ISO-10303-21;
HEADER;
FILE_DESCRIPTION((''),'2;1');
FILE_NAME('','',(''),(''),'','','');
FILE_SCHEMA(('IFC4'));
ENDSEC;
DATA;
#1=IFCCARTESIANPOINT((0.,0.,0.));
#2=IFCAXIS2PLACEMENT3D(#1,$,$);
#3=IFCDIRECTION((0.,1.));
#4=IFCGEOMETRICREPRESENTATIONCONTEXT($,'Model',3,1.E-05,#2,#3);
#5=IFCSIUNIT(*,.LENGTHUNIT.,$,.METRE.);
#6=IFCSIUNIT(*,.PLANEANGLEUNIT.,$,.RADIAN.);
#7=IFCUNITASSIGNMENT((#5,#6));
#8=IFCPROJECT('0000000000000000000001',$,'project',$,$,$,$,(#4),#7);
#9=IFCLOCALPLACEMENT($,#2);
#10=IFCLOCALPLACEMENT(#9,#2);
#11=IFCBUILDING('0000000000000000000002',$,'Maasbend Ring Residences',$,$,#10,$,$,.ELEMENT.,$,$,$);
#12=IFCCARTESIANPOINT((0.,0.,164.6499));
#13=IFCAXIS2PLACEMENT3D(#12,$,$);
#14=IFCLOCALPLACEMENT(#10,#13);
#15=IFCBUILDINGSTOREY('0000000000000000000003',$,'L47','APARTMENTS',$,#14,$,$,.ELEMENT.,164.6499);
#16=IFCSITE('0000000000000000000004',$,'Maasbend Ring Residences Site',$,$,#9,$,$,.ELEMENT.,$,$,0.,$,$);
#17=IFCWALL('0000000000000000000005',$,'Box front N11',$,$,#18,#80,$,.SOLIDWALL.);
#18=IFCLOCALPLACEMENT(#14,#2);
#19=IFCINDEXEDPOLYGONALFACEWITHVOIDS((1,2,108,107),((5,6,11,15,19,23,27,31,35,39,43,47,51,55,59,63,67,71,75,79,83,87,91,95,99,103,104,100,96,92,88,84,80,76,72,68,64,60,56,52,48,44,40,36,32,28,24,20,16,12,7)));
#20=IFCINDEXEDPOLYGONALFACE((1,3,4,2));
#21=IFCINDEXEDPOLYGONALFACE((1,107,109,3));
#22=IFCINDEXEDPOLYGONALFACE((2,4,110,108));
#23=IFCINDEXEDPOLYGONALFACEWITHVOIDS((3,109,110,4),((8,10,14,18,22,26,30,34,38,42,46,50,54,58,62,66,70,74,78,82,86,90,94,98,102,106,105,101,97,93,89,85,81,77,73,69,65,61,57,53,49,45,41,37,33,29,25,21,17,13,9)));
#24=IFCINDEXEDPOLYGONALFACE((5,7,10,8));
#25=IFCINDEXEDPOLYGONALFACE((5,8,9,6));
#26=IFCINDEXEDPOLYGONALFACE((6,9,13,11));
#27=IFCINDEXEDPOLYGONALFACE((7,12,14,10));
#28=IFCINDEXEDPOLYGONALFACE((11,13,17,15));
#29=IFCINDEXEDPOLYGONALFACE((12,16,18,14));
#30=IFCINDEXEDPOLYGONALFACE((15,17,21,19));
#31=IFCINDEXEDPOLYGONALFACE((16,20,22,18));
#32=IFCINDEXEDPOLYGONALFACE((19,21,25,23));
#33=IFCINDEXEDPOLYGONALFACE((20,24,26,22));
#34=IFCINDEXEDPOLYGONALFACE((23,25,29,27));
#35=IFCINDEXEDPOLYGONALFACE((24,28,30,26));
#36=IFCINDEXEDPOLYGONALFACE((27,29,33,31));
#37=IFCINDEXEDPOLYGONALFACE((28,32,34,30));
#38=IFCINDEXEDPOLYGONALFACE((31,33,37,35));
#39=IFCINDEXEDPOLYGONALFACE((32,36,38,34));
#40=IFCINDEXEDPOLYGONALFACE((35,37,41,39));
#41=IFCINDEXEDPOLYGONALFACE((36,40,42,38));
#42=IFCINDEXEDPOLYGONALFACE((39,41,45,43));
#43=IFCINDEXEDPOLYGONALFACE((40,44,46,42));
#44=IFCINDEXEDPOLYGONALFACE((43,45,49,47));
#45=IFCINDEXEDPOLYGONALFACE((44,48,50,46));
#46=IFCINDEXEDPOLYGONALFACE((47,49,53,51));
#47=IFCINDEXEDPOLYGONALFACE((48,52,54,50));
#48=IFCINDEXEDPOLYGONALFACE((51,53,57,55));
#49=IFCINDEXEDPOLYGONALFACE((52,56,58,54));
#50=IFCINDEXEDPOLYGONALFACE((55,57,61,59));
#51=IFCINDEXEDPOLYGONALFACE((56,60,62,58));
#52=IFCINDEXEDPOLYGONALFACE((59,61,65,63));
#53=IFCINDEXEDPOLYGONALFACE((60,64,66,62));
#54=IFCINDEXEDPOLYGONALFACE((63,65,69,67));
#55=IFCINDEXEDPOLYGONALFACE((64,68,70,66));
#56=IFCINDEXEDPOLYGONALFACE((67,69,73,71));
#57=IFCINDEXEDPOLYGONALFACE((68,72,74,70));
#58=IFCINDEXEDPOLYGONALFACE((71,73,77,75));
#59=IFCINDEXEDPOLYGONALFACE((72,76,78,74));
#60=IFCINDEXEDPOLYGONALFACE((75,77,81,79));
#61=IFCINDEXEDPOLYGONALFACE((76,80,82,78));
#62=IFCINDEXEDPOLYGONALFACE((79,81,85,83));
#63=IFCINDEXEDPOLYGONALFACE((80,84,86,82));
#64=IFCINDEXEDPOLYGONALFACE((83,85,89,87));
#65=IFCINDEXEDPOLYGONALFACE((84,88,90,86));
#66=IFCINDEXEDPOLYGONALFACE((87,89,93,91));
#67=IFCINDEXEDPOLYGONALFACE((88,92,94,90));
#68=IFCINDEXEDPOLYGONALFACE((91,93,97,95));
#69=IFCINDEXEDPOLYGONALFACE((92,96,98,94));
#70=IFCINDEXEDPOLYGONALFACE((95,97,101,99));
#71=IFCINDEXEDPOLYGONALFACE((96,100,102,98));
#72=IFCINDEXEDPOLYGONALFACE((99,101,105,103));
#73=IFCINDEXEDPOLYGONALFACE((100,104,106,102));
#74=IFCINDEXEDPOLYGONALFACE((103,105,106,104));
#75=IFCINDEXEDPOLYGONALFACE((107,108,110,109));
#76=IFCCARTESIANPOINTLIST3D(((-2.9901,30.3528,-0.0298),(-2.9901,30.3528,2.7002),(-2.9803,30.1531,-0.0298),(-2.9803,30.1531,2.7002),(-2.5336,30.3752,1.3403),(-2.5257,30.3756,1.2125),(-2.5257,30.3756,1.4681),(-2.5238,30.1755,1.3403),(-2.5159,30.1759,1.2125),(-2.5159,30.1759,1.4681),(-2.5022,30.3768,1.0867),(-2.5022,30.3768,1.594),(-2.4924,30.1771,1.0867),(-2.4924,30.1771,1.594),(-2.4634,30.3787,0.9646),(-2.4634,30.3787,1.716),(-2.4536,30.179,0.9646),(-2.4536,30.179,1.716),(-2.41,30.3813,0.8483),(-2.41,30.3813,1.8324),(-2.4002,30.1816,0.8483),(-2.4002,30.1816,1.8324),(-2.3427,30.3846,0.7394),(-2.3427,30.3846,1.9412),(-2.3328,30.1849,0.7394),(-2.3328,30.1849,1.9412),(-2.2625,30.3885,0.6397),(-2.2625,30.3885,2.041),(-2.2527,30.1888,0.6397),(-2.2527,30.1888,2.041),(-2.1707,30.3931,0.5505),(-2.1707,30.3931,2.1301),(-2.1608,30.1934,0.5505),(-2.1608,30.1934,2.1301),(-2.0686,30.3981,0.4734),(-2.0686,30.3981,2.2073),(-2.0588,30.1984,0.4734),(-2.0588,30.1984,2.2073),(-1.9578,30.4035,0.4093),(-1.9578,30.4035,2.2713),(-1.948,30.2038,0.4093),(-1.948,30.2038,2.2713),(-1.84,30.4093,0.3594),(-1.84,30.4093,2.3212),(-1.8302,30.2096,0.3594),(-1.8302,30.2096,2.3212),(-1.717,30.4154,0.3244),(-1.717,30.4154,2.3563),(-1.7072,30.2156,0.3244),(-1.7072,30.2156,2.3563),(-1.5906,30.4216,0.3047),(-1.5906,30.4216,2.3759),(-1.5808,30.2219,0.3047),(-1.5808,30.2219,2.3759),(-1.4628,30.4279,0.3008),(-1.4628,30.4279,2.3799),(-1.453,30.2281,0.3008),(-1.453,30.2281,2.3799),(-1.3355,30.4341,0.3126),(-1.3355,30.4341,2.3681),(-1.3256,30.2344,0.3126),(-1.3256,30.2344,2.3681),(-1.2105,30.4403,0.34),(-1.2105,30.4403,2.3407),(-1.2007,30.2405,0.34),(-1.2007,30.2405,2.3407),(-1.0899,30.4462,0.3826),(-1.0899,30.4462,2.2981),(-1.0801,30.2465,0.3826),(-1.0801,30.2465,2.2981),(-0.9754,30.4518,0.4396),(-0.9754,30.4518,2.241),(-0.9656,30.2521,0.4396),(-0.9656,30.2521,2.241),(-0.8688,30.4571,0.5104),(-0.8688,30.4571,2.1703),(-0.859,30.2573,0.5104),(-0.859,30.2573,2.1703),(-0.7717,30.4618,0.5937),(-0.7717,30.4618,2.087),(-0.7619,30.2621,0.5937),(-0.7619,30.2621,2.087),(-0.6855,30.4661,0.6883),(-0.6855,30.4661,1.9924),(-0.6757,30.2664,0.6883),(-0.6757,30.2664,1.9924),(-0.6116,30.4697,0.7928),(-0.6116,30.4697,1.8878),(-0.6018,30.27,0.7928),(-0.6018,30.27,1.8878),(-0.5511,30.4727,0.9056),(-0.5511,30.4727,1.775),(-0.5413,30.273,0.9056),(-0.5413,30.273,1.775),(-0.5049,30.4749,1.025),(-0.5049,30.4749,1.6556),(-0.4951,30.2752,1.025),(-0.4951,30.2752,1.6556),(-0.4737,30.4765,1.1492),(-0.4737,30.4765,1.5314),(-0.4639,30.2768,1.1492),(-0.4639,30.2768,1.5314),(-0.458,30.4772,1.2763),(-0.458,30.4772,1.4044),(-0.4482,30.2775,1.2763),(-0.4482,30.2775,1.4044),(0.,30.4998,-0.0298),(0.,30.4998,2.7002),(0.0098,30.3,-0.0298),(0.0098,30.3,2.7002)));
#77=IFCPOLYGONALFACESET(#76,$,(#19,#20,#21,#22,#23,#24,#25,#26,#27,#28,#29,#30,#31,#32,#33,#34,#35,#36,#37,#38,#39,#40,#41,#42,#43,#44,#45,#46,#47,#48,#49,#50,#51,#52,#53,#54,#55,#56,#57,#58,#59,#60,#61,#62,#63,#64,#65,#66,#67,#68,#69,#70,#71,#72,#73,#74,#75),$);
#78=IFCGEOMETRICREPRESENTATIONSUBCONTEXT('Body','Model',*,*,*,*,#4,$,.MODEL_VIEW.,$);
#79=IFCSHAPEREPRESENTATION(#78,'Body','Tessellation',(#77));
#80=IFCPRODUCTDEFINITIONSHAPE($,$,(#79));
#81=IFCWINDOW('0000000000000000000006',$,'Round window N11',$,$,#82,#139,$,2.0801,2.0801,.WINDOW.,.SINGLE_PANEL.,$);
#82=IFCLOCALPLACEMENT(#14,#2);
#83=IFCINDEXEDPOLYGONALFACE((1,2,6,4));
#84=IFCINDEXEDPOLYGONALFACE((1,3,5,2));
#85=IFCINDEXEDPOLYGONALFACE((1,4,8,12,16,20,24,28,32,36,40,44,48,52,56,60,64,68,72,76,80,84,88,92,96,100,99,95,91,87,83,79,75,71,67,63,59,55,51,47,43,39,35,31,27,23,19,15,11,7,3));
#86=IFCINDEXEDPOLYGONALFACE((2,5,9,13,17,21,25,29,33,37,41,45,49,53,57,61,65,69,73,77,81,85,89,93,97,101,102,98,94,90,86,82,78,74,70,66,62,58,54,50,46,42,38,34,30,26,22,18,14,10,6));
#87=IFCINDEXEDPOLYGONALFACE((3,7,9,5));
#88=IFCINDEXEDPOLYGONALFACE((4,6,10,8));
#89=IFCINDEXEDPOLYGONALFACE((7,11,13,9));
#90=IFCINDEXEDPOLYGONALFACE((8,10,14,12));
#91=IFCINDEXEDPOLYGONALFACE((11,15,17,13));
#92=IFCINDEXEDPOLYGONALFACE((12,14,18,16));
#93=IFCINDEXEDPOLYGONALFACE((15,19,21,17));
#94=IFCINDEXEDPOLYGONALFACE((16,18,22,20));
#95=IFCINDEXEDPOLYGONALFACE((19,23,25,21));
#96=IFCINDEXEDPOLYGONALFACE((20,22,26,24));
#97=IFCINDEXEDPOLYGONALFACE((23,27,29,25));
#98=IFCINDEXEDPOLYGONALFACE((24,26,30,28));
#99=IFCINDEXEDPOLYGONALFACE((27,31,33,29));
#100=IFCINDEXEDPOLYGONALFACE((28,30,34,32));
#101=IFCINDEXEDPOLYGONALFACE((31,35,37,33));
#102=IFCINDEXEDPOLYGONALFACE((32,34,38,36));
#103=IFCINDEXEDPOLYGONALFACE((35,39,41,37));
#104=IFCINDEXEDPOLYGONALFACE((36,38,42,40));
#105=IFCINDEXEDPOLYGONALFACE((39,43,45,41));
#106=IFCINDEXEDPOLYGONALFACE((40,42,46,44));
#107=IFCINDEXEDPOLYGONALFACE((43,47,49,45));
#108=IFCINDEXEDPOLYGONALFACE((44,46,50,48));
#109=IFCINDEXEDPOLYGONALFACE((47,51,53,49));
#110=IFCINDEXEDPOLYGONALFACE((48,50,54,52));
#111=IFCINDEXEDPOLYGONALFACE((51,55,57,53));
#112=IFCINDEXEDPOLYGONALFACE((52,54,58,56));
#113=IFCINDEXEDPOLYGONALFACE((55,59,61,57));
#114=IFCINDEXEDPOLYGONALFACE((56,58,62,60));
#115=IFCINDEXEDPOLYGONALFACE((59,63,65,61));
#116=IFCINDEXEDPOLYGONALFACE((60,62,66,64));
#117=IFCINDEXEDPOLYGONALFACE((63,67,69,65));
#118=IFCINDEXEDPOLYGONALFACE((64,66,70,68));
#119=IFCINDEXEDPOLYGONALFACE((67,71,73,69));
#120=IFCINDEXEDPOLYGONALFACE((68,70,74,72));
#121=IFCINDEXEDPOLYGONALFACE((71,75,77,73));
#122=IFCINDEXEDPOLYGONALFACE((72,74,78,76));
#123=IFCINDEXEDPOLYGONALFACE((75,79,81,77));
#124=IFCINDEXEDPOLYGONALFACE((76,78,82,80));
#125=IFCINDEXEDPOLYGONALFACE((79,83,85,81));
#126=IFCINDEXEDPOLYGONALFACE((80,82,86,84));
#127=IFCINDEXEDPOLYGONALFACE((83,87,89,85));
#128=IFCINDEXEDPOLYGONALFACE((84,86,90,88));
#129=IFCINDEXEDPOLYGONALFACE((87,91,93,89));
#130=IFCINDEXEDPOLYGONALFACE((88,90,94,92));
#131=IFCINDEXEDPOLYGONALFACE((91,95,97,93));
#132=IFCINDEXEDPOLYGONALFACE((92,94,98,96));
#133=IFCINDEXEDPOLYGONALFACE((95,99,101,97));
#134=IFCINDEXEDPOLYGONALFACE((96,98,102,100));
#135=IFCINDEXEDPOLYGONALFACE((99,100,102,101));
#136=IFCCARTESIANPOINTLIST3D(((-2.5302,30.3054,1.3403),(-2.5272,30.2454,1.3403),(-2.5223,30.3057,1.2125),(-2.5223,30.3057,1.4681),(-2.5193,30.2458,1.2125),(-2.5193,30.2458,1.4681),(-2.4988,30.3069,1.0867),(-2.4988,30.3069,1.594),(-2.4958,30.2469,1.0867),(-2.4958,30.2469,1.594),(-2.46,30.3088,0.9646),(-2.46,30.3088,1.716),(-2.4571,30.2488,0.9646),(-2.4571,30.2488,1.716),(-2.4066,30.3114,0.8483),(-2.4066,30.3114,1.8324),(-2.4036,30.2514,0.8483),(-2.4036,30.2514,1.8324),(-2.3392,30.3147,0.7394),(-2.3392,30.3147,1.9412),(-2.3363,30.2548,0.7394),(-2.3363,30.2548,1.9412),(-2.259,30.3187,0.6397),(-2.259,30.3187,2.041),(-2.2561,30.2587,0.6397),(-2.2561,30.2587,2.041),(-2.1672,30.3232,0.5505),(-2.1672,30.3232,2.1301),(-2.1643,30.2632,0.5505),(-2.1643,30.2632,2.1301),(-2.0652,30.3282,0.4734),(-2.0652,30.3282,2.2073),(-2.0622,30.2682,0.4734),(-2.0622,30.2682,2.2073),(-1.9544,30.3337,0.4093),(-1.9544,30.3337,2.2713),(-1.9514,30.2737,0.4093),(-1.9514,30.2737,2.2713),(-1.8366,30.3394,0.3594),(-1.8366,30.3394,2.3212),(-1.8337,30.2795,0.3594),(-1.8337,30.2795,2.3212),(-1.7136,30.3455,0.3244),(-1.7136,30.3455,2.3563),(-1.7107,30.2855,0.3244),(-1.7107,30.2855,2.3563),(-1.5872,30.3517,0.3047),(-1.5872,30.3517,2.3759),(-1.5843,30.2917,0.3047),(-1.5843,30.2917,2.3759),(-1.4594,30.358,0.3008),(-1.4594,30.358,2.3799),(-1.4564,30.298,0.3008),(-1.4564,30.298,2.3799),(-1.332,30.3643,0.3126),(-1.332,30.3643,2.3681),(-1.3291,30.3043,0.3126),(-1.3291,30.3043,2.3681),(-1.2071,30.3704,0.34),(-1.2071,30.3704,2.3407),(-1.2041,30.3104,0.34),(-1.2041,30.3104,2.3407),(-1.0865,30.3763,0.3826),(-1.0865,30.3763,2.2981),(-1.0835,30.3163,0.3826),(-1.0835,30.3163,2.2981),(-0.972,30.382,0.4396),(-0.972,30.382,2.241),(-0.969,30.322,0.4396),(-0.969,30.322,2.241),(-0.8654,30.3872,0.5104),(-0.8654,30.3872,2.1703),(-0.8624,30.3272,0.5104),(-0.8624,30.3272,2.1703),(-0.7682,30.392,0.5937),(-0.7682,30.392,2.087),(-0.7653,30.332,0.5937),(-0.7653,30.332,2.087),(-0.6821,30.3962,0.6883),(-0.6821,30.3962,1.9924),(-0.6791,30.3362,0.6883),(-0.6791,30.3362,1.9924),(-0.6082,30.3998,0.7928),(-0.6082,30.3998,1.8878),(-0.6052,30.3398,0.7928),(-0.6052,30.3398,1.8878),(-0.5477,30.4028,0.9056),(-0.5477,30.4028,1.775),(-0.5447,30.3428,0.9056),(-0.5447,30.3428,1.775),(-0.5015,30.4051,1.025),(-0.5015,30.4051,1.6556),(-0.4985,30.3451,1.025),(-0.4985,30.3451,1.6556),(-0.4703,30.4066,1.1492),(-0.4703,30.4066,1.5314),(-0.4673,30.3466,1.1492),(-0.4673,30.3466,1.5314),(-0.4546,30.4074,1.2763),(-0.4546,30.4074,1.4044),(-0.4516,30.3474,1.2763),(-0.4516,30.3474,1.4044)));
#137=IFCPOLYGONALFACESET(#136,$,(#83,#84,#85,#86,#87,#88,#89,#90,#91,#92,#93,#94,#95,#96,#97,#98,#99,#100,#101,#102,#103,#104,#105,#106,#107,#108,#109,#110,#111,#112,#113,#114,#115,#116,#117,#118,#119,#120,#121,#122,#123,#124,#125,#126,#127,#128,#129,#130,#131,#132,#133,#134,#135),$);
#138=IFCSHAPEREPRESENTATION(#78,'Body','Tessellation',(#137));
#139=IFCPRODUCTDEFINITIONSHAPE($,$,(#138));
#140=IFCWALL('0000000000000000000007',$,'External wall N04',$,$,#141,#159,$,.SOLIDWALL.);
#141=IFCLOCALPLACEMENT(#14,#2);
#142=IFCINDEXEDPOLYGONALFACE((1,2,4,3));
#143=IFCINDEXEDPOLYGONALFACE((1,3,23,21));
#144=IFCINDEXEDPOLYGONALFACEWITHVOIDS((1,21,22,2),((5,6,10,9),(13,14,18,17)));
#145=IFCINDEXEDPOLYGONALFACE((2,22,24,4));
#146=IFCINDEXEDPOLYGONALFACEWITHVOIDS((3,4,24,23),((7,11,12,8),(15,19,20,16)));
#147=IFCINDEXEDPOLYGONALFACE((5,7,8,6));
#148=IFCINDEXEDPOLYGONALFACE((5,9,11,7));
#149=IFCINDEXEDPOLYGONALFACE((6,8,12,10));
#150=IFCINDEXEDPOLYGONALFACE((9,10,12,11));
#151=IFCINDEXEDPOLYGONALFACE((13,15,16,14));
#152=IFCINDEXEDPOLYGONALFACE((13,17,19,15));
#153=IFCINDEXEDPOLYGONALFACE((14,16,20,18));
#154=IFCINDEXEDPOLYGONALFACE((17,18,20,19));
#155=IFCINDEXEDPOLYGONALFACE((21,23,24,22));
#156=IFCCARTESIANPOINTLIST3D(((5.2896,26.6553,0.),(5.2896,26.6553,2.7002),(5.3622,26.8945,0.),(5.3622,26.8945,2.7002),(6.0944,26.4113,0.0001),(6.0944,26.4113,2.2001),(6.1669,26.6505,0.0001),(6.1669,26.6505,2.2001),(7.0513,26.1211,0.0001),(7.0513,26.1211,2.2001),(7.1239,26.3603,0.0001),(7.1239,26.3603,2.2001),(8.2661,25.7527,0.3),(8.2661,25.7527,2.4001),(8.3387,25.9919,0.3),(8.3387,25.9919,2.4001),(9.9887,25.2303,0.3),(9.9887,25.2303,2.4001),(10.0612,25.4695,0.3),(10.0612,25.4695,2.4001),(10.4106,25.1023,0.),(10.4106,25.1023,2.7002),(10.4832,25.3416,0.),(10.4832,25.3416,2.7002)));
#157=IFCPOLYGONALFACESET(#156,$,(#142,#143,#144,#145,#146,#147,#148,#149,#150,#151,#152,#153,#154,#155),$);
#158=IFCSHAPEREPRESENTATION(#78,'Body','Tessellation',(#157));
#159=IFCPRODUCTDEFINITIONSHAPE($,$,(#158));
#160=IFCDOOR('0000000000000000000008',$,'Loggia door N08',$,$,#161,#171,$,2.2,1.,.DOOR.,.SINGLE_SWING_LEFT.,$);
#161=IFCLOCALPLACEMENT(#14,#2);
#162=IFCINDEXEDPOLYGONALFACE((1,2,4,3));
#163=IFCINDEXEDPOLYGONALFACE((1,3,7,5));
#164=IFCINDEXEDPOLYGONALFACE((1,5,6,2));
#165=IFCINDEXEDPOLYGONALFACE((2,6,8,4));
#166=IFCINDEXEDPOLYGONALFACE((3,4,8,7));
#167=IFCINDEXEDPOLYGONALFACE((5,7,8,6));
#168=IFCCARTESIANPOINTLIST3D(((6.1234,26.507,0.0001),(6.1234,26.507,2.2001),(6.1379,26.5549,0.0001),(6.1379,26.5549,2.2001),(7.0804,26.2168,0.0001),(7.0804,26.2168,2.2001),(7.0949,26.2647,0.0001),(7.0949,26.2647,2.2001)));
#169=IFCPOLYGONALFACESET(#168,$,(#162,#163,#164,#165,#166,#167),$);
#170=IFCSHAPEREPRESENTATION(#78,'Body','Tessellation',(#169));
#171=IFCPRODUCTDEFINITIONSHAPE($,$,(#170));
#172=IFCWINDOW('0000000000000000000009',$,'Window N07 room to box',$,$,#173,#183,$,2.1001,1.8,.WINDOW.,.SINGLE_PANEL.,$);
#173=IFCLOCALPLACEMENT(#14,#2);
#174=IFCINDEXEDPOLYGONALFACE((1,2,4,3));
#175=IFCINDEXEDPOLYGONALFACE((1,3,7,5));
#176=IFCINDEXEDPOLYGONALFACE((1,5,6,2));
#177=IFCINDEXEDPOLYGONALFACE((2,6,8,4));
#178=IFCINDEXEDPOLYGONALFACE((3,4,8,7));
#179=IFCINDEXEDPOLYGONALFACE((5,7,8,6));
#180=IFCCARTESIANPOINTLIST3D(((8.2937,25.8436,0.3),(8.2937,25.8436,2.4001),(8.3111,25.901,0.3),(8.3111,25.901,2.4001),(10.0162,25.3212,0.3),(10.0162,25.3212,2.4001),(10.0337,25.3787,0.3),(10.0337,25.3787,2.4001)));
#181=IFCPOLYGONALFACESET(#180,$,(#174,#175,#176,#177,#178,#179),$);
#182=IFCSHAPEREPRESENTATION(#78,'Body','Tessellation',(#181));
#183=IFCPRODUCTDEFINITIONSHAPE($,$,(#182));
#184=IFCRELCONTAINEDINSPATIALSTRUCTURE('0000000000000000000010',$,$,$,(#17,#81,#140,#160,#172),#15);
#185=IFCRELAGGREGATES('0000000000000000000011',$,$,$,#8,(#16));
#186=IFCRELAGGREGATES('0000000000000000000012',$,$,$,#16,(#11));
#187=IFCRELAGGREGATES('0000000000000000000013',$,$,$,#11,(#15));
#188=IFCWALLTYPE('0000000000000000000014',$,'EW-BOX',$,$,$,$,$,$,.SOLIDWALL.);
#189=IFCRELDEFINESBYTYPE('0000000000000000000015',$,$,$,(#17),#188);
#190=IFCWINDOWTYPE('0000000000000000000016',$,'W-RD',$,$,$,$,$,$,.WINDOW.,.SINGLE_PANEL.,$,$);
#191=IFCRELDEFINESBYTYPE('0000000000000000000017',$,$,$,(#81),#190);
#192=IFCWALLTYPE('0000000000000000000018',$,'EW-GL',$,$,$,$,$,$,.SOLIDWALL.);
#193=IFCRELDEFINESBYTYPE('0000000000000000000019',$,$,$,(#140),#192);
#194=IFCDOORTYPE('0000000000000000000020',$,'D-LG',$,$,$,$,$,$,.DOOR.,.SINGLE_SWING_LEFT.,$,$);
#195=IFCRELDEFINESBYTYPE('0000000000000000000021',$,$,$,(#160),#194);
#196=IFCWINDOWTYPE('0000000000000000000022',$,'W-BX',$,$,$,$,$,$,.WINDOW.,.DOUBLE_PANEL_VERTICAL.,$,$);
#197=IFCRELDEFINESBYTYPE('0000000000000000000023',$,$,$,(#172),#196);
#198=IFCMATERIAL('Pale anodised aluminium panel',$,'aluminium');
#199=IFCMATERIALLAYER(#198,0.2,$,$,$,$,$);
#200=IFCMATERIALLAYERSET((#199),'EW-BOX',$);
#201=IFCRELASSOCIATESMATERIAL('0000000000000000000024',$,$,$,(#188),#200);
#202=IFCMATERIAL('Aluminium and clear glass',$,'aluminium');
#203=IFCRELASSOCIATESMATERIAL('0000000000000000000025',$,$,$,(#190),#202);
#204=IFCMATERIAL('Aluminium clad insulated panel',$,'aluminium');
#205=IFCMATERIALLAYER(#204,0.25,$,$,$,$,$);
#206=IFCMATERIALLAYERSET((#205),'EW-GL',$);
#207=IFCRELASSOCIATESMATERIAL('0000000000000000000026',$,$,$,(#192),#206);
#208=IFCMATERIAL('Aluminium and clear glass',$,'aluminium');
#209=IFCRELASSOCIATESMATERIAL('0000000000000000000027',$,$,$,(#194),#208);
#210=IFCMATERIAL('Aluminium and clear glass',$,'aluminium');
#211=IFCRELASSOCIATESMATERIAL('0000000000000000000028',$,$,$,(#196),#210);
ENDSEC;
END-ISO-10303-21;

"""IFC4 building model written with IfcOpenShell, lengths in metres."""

from ifc_helpers import new_model, si_unit, direction, frame, frame_2d, origin, place, context, subcontext, project, spatial, rectangle, circle, extrude, material, layer, layer_set, type_object, element, fill, save


model = new_model("IFC4")

# Units and contexts
model_context = context("Model", 3, precision=1e-05, world=origin(), true_north=direction((0.0, 1.0)))
body_context = subcontext(model_context, "Body", "Model", "MODEL_VIEW")
ifc_project = project(units=[si_unit("LENGTHUNIT", "METRE"), si_unit("PLANEANGLEUNIT", "RADIAN")], contexts=[model_context])

# Site, building, storey
site_placement = place(None, origin())
site = spatial("IfcSite", under=ifc_project, at=site_placement, Name="Maasbend Ring Residences Site", CompositionType="ELEMENT", RefElevation=0.0)
building_placement = place(site_placement, origin())
building = spatial("IfcBuilding", under=site, at=building_placement, Name="Maasbend Ring Residences", CompositionType="ELEMENT")
storey_placement = place(building_placement, frame((0.0, 0.0, 164.6499)))
storey = spatial("IfcBuildingStorey", under=building, at=storey_placement, Name="L47", Description="APARTMENTS", CompositionType="ELEMENT", Elevation=164.6499)

# Shared definitions
ifc_material_1 = material(Name="Pale anodised aluminium panel", Category="aluminium")
ifc_layer_1 = layer(ifc_material_1, 0.2)
ifc_layer_set_1 = layer_set([ifc_layer_1], Name="EW-BOX")
wall_type_1 = type_object("IfcWallType", Name="EW-BOX", PredefinedType="SOLIDWALL", material=ifc_layer_set_1)

# Shared definitions
ifc_material_2 = material(Name="Aluminium and clear glass", Category="aluminium")
window_type_1 = type_object("IfcWindowType", Name="W-RD", PartitioningType="SINGLE_PANEL", PredefinedType="WINDOW", material=ifc_material_2)

# Wall, opening, window
wall_1_placement = place(storey_placement, frame((0.0049, 30.3999, -0.0298), z_axis=(0.0, 0.0, 1.0), x_axis=(-0.998794, -0.049096, 0.0)))
wall_1 = element("IfcWall", 1, at=wall_1_placement, inside=storey, type_object=wall_type_1, Name="Box front N11", PredefinedType="SOLIDWALL", context=body_context, shape_type="SweptSolid", body=[
    extrude(rectangle(XDim=2.9937, YDim=0.2, at=frame_2d((1.4968, 0.0))), origin(), (0.0, 0.0, 1.0), 2.73),
])
opening_1_placement = place(wall_1_placement, frame((0.4565, 0.0, 0.3301)))
opening_1 = element("IfcOpeningElement", 2, at=opening_1_placement, cuts=wall_1, PredefinedType="OPENING", context=body_context, shape_type="SweptSolid", body=[
    extrude(circle(Radius=1.04, at=frame_2d((1.04, 1.04))), frame((0.0, 0.1099, 0.0), z_axis=(0.0, -1.0, 0.0), x_axis=(1.0, 0.0, 0.0)), (0.0, 0.0, 1.0), 0.22),
])
window_1_placement = place(opening_1_placement, origin())
window_1 = element("IfcWindow", 3, at=window_1_placement, inside=storey, type_object=window_type_1, Name="Round window N11", OverallHeight=2.0801, OverallWidth=2.0801, PartitioningType="SINGLE_PANEL", PredefinedType="WINDOW", context=body_context, shape_type="SweptSolid", body=[
    extrude(circle(Radius=1.04, at=frame_2d((1.04, 1.04))), frame((0.0, 0.03, 0.0), z_axis=(0.0, -1.0, 0.0), x_axis=(1.0, 0.0, 0.0)), (0.0, 0.0, 1.0), 0.0601),
])
fill(opening_1, window_1)

# Wall, openings, door, window
ifc_material_3 = material(Name="Aluminium clad insulated panel", Category="aluminium")
ifc_layer_2 = layer(ifc_material_3, 0.25)
ifc_layer_set_2 = layer_set([ifc_layer_2], Name="EW-GL")
wall_type_2 = type_object("IfcWallType", Name="EW-GL", PredefinedType="SOLIDWALL", material=ifc_layer_set_2)
wall_2_placement = place(storey_placement, frame((10.447, 25.2219, 0.0), z_axis=(0.0, 0.0, 1.0), x_axis=(-0.956966, 0.290201, 0.0)))
wall_2 = element("IfcWall", 4, at=wall_2_placement, inside=storey, type_object=wall_type_2, Name="External wall N04", PredefinedType="SOLIDWALL", context=body_context, shape_type="SweptSolid", body=[
    extrude(rectangle(XDim=5.3513, YDim=0.25, at=frame_2d((2.6758, 0.0))), origin(), (0.0, 0.0, 1.0), 2.7002),
])
opening_2_placement = place(wall_2_placement, frame((0.4412, 0.0, 0.3)))
opening_2 = element("IfcOpeningElement", 5, at=opening_2_placement, cuts=wall_2, PredefinedType="OPENING", context=body_context, shape_type="SweptSolid", body=[
    extrude(rectangle(XDim=1.8, YDim=2.1001, at=frame_2d((0.8999, 1.05))), frame((0.0, 0.135, 0.0), z_axis=(0.0, -1.0, 0.0), x_axis=(1.0, 0.0, 0.0)), (0.0, 0.0, 1.0), 0.27),
])
opening_3_placement = place(wall_2_placement, frame((3.5105, 0.0, 0.0)))
opening_3 = element("IfcOpeningElement", 6, at=opening_3_placement, cuts=wall_2, PredefinedType="OPENING", context=body_context, shape_type="SweptSolid", body=[
    extrude(rectangle(XDim=1.0, YDim=2.2, at=frame_2d((0.5, 1.1001))), frame((0.0, 0.135, 0.0), z_axis=(0.0, -1.0, 0.0), x_axis=(1.0, 0.0, 0.0)), (0.0, 0.0, 1.0), 0.27),
])
ifc_material_4 = material(Name="Aluminium and clear glass", Category="aluminium")
door_type_1 = type_object("IfcDoorType", Name="D-LG", OperationType="SINGLE_SWING_LEFT", PredefinedType="DOOR", material=ifc_material_4)
door_1_placement = place(opening_3_placement, origin())
door_1 = element("IfcDoor", 7, at=door_1_placement, inside=storey, type_object=door_type_1, Name="Loggia door N08", OperationType="SINGLE_SWING_LEFT", OverallHeight=2.2, OverallWidth=1.0, PredefinedType="DOOR", context=body_context, shape_type="SweptSolid", body=[
    extrude(rectangle(XDim=1.0, YDim=2.2, at=frame_2d((0.5, 1.1001))), frame((0.0, 0.0249, 0.0), z_axis=(0.0, -1.0, 0.0), x_axis=(1.0, 0.0, 0.0)), (0.0, 0.0, 1.0), 0.05),
])
fill(opening_3, door_1)
ifc_material_5 = material(Name="Aluminium and clear glass", Category="aluminium")
window_type_2 = type_object("IfcWindowType", Name="W-BX", PartitioningType="DOUBLE_PANEL_VERTICAL", PredefinedType="WINDOW", material=ifc_material_5)
window_2_placement = place(opening_2_placement, origin())
window_2 = element("IfcWindow", 8, at=window_2_placement, inside=storey, type_object=window_type_2, Name="Window N07 room to box", OverallHeight=2.1001, OverallWidth=1.8, PartitioningType="SINGLE_PANEL", PredefinedType="WINDOW", context=body_context, shape_type="SweptSolid", body=[
    extrude(rectangle(XDim=1.8, YDim=2.1001, at=frame_2d((0.8999, 1.05))), frame((0.0, 0.03, 0.0), z_axis=(0.0, -1.0, 0.0), x_axis=(1.0, 0.0, 0.0)), (0.0, 0.0, 1.0), 0.0601),
])
fill(opening_2, window_2)

save(model, "model.ifc")
